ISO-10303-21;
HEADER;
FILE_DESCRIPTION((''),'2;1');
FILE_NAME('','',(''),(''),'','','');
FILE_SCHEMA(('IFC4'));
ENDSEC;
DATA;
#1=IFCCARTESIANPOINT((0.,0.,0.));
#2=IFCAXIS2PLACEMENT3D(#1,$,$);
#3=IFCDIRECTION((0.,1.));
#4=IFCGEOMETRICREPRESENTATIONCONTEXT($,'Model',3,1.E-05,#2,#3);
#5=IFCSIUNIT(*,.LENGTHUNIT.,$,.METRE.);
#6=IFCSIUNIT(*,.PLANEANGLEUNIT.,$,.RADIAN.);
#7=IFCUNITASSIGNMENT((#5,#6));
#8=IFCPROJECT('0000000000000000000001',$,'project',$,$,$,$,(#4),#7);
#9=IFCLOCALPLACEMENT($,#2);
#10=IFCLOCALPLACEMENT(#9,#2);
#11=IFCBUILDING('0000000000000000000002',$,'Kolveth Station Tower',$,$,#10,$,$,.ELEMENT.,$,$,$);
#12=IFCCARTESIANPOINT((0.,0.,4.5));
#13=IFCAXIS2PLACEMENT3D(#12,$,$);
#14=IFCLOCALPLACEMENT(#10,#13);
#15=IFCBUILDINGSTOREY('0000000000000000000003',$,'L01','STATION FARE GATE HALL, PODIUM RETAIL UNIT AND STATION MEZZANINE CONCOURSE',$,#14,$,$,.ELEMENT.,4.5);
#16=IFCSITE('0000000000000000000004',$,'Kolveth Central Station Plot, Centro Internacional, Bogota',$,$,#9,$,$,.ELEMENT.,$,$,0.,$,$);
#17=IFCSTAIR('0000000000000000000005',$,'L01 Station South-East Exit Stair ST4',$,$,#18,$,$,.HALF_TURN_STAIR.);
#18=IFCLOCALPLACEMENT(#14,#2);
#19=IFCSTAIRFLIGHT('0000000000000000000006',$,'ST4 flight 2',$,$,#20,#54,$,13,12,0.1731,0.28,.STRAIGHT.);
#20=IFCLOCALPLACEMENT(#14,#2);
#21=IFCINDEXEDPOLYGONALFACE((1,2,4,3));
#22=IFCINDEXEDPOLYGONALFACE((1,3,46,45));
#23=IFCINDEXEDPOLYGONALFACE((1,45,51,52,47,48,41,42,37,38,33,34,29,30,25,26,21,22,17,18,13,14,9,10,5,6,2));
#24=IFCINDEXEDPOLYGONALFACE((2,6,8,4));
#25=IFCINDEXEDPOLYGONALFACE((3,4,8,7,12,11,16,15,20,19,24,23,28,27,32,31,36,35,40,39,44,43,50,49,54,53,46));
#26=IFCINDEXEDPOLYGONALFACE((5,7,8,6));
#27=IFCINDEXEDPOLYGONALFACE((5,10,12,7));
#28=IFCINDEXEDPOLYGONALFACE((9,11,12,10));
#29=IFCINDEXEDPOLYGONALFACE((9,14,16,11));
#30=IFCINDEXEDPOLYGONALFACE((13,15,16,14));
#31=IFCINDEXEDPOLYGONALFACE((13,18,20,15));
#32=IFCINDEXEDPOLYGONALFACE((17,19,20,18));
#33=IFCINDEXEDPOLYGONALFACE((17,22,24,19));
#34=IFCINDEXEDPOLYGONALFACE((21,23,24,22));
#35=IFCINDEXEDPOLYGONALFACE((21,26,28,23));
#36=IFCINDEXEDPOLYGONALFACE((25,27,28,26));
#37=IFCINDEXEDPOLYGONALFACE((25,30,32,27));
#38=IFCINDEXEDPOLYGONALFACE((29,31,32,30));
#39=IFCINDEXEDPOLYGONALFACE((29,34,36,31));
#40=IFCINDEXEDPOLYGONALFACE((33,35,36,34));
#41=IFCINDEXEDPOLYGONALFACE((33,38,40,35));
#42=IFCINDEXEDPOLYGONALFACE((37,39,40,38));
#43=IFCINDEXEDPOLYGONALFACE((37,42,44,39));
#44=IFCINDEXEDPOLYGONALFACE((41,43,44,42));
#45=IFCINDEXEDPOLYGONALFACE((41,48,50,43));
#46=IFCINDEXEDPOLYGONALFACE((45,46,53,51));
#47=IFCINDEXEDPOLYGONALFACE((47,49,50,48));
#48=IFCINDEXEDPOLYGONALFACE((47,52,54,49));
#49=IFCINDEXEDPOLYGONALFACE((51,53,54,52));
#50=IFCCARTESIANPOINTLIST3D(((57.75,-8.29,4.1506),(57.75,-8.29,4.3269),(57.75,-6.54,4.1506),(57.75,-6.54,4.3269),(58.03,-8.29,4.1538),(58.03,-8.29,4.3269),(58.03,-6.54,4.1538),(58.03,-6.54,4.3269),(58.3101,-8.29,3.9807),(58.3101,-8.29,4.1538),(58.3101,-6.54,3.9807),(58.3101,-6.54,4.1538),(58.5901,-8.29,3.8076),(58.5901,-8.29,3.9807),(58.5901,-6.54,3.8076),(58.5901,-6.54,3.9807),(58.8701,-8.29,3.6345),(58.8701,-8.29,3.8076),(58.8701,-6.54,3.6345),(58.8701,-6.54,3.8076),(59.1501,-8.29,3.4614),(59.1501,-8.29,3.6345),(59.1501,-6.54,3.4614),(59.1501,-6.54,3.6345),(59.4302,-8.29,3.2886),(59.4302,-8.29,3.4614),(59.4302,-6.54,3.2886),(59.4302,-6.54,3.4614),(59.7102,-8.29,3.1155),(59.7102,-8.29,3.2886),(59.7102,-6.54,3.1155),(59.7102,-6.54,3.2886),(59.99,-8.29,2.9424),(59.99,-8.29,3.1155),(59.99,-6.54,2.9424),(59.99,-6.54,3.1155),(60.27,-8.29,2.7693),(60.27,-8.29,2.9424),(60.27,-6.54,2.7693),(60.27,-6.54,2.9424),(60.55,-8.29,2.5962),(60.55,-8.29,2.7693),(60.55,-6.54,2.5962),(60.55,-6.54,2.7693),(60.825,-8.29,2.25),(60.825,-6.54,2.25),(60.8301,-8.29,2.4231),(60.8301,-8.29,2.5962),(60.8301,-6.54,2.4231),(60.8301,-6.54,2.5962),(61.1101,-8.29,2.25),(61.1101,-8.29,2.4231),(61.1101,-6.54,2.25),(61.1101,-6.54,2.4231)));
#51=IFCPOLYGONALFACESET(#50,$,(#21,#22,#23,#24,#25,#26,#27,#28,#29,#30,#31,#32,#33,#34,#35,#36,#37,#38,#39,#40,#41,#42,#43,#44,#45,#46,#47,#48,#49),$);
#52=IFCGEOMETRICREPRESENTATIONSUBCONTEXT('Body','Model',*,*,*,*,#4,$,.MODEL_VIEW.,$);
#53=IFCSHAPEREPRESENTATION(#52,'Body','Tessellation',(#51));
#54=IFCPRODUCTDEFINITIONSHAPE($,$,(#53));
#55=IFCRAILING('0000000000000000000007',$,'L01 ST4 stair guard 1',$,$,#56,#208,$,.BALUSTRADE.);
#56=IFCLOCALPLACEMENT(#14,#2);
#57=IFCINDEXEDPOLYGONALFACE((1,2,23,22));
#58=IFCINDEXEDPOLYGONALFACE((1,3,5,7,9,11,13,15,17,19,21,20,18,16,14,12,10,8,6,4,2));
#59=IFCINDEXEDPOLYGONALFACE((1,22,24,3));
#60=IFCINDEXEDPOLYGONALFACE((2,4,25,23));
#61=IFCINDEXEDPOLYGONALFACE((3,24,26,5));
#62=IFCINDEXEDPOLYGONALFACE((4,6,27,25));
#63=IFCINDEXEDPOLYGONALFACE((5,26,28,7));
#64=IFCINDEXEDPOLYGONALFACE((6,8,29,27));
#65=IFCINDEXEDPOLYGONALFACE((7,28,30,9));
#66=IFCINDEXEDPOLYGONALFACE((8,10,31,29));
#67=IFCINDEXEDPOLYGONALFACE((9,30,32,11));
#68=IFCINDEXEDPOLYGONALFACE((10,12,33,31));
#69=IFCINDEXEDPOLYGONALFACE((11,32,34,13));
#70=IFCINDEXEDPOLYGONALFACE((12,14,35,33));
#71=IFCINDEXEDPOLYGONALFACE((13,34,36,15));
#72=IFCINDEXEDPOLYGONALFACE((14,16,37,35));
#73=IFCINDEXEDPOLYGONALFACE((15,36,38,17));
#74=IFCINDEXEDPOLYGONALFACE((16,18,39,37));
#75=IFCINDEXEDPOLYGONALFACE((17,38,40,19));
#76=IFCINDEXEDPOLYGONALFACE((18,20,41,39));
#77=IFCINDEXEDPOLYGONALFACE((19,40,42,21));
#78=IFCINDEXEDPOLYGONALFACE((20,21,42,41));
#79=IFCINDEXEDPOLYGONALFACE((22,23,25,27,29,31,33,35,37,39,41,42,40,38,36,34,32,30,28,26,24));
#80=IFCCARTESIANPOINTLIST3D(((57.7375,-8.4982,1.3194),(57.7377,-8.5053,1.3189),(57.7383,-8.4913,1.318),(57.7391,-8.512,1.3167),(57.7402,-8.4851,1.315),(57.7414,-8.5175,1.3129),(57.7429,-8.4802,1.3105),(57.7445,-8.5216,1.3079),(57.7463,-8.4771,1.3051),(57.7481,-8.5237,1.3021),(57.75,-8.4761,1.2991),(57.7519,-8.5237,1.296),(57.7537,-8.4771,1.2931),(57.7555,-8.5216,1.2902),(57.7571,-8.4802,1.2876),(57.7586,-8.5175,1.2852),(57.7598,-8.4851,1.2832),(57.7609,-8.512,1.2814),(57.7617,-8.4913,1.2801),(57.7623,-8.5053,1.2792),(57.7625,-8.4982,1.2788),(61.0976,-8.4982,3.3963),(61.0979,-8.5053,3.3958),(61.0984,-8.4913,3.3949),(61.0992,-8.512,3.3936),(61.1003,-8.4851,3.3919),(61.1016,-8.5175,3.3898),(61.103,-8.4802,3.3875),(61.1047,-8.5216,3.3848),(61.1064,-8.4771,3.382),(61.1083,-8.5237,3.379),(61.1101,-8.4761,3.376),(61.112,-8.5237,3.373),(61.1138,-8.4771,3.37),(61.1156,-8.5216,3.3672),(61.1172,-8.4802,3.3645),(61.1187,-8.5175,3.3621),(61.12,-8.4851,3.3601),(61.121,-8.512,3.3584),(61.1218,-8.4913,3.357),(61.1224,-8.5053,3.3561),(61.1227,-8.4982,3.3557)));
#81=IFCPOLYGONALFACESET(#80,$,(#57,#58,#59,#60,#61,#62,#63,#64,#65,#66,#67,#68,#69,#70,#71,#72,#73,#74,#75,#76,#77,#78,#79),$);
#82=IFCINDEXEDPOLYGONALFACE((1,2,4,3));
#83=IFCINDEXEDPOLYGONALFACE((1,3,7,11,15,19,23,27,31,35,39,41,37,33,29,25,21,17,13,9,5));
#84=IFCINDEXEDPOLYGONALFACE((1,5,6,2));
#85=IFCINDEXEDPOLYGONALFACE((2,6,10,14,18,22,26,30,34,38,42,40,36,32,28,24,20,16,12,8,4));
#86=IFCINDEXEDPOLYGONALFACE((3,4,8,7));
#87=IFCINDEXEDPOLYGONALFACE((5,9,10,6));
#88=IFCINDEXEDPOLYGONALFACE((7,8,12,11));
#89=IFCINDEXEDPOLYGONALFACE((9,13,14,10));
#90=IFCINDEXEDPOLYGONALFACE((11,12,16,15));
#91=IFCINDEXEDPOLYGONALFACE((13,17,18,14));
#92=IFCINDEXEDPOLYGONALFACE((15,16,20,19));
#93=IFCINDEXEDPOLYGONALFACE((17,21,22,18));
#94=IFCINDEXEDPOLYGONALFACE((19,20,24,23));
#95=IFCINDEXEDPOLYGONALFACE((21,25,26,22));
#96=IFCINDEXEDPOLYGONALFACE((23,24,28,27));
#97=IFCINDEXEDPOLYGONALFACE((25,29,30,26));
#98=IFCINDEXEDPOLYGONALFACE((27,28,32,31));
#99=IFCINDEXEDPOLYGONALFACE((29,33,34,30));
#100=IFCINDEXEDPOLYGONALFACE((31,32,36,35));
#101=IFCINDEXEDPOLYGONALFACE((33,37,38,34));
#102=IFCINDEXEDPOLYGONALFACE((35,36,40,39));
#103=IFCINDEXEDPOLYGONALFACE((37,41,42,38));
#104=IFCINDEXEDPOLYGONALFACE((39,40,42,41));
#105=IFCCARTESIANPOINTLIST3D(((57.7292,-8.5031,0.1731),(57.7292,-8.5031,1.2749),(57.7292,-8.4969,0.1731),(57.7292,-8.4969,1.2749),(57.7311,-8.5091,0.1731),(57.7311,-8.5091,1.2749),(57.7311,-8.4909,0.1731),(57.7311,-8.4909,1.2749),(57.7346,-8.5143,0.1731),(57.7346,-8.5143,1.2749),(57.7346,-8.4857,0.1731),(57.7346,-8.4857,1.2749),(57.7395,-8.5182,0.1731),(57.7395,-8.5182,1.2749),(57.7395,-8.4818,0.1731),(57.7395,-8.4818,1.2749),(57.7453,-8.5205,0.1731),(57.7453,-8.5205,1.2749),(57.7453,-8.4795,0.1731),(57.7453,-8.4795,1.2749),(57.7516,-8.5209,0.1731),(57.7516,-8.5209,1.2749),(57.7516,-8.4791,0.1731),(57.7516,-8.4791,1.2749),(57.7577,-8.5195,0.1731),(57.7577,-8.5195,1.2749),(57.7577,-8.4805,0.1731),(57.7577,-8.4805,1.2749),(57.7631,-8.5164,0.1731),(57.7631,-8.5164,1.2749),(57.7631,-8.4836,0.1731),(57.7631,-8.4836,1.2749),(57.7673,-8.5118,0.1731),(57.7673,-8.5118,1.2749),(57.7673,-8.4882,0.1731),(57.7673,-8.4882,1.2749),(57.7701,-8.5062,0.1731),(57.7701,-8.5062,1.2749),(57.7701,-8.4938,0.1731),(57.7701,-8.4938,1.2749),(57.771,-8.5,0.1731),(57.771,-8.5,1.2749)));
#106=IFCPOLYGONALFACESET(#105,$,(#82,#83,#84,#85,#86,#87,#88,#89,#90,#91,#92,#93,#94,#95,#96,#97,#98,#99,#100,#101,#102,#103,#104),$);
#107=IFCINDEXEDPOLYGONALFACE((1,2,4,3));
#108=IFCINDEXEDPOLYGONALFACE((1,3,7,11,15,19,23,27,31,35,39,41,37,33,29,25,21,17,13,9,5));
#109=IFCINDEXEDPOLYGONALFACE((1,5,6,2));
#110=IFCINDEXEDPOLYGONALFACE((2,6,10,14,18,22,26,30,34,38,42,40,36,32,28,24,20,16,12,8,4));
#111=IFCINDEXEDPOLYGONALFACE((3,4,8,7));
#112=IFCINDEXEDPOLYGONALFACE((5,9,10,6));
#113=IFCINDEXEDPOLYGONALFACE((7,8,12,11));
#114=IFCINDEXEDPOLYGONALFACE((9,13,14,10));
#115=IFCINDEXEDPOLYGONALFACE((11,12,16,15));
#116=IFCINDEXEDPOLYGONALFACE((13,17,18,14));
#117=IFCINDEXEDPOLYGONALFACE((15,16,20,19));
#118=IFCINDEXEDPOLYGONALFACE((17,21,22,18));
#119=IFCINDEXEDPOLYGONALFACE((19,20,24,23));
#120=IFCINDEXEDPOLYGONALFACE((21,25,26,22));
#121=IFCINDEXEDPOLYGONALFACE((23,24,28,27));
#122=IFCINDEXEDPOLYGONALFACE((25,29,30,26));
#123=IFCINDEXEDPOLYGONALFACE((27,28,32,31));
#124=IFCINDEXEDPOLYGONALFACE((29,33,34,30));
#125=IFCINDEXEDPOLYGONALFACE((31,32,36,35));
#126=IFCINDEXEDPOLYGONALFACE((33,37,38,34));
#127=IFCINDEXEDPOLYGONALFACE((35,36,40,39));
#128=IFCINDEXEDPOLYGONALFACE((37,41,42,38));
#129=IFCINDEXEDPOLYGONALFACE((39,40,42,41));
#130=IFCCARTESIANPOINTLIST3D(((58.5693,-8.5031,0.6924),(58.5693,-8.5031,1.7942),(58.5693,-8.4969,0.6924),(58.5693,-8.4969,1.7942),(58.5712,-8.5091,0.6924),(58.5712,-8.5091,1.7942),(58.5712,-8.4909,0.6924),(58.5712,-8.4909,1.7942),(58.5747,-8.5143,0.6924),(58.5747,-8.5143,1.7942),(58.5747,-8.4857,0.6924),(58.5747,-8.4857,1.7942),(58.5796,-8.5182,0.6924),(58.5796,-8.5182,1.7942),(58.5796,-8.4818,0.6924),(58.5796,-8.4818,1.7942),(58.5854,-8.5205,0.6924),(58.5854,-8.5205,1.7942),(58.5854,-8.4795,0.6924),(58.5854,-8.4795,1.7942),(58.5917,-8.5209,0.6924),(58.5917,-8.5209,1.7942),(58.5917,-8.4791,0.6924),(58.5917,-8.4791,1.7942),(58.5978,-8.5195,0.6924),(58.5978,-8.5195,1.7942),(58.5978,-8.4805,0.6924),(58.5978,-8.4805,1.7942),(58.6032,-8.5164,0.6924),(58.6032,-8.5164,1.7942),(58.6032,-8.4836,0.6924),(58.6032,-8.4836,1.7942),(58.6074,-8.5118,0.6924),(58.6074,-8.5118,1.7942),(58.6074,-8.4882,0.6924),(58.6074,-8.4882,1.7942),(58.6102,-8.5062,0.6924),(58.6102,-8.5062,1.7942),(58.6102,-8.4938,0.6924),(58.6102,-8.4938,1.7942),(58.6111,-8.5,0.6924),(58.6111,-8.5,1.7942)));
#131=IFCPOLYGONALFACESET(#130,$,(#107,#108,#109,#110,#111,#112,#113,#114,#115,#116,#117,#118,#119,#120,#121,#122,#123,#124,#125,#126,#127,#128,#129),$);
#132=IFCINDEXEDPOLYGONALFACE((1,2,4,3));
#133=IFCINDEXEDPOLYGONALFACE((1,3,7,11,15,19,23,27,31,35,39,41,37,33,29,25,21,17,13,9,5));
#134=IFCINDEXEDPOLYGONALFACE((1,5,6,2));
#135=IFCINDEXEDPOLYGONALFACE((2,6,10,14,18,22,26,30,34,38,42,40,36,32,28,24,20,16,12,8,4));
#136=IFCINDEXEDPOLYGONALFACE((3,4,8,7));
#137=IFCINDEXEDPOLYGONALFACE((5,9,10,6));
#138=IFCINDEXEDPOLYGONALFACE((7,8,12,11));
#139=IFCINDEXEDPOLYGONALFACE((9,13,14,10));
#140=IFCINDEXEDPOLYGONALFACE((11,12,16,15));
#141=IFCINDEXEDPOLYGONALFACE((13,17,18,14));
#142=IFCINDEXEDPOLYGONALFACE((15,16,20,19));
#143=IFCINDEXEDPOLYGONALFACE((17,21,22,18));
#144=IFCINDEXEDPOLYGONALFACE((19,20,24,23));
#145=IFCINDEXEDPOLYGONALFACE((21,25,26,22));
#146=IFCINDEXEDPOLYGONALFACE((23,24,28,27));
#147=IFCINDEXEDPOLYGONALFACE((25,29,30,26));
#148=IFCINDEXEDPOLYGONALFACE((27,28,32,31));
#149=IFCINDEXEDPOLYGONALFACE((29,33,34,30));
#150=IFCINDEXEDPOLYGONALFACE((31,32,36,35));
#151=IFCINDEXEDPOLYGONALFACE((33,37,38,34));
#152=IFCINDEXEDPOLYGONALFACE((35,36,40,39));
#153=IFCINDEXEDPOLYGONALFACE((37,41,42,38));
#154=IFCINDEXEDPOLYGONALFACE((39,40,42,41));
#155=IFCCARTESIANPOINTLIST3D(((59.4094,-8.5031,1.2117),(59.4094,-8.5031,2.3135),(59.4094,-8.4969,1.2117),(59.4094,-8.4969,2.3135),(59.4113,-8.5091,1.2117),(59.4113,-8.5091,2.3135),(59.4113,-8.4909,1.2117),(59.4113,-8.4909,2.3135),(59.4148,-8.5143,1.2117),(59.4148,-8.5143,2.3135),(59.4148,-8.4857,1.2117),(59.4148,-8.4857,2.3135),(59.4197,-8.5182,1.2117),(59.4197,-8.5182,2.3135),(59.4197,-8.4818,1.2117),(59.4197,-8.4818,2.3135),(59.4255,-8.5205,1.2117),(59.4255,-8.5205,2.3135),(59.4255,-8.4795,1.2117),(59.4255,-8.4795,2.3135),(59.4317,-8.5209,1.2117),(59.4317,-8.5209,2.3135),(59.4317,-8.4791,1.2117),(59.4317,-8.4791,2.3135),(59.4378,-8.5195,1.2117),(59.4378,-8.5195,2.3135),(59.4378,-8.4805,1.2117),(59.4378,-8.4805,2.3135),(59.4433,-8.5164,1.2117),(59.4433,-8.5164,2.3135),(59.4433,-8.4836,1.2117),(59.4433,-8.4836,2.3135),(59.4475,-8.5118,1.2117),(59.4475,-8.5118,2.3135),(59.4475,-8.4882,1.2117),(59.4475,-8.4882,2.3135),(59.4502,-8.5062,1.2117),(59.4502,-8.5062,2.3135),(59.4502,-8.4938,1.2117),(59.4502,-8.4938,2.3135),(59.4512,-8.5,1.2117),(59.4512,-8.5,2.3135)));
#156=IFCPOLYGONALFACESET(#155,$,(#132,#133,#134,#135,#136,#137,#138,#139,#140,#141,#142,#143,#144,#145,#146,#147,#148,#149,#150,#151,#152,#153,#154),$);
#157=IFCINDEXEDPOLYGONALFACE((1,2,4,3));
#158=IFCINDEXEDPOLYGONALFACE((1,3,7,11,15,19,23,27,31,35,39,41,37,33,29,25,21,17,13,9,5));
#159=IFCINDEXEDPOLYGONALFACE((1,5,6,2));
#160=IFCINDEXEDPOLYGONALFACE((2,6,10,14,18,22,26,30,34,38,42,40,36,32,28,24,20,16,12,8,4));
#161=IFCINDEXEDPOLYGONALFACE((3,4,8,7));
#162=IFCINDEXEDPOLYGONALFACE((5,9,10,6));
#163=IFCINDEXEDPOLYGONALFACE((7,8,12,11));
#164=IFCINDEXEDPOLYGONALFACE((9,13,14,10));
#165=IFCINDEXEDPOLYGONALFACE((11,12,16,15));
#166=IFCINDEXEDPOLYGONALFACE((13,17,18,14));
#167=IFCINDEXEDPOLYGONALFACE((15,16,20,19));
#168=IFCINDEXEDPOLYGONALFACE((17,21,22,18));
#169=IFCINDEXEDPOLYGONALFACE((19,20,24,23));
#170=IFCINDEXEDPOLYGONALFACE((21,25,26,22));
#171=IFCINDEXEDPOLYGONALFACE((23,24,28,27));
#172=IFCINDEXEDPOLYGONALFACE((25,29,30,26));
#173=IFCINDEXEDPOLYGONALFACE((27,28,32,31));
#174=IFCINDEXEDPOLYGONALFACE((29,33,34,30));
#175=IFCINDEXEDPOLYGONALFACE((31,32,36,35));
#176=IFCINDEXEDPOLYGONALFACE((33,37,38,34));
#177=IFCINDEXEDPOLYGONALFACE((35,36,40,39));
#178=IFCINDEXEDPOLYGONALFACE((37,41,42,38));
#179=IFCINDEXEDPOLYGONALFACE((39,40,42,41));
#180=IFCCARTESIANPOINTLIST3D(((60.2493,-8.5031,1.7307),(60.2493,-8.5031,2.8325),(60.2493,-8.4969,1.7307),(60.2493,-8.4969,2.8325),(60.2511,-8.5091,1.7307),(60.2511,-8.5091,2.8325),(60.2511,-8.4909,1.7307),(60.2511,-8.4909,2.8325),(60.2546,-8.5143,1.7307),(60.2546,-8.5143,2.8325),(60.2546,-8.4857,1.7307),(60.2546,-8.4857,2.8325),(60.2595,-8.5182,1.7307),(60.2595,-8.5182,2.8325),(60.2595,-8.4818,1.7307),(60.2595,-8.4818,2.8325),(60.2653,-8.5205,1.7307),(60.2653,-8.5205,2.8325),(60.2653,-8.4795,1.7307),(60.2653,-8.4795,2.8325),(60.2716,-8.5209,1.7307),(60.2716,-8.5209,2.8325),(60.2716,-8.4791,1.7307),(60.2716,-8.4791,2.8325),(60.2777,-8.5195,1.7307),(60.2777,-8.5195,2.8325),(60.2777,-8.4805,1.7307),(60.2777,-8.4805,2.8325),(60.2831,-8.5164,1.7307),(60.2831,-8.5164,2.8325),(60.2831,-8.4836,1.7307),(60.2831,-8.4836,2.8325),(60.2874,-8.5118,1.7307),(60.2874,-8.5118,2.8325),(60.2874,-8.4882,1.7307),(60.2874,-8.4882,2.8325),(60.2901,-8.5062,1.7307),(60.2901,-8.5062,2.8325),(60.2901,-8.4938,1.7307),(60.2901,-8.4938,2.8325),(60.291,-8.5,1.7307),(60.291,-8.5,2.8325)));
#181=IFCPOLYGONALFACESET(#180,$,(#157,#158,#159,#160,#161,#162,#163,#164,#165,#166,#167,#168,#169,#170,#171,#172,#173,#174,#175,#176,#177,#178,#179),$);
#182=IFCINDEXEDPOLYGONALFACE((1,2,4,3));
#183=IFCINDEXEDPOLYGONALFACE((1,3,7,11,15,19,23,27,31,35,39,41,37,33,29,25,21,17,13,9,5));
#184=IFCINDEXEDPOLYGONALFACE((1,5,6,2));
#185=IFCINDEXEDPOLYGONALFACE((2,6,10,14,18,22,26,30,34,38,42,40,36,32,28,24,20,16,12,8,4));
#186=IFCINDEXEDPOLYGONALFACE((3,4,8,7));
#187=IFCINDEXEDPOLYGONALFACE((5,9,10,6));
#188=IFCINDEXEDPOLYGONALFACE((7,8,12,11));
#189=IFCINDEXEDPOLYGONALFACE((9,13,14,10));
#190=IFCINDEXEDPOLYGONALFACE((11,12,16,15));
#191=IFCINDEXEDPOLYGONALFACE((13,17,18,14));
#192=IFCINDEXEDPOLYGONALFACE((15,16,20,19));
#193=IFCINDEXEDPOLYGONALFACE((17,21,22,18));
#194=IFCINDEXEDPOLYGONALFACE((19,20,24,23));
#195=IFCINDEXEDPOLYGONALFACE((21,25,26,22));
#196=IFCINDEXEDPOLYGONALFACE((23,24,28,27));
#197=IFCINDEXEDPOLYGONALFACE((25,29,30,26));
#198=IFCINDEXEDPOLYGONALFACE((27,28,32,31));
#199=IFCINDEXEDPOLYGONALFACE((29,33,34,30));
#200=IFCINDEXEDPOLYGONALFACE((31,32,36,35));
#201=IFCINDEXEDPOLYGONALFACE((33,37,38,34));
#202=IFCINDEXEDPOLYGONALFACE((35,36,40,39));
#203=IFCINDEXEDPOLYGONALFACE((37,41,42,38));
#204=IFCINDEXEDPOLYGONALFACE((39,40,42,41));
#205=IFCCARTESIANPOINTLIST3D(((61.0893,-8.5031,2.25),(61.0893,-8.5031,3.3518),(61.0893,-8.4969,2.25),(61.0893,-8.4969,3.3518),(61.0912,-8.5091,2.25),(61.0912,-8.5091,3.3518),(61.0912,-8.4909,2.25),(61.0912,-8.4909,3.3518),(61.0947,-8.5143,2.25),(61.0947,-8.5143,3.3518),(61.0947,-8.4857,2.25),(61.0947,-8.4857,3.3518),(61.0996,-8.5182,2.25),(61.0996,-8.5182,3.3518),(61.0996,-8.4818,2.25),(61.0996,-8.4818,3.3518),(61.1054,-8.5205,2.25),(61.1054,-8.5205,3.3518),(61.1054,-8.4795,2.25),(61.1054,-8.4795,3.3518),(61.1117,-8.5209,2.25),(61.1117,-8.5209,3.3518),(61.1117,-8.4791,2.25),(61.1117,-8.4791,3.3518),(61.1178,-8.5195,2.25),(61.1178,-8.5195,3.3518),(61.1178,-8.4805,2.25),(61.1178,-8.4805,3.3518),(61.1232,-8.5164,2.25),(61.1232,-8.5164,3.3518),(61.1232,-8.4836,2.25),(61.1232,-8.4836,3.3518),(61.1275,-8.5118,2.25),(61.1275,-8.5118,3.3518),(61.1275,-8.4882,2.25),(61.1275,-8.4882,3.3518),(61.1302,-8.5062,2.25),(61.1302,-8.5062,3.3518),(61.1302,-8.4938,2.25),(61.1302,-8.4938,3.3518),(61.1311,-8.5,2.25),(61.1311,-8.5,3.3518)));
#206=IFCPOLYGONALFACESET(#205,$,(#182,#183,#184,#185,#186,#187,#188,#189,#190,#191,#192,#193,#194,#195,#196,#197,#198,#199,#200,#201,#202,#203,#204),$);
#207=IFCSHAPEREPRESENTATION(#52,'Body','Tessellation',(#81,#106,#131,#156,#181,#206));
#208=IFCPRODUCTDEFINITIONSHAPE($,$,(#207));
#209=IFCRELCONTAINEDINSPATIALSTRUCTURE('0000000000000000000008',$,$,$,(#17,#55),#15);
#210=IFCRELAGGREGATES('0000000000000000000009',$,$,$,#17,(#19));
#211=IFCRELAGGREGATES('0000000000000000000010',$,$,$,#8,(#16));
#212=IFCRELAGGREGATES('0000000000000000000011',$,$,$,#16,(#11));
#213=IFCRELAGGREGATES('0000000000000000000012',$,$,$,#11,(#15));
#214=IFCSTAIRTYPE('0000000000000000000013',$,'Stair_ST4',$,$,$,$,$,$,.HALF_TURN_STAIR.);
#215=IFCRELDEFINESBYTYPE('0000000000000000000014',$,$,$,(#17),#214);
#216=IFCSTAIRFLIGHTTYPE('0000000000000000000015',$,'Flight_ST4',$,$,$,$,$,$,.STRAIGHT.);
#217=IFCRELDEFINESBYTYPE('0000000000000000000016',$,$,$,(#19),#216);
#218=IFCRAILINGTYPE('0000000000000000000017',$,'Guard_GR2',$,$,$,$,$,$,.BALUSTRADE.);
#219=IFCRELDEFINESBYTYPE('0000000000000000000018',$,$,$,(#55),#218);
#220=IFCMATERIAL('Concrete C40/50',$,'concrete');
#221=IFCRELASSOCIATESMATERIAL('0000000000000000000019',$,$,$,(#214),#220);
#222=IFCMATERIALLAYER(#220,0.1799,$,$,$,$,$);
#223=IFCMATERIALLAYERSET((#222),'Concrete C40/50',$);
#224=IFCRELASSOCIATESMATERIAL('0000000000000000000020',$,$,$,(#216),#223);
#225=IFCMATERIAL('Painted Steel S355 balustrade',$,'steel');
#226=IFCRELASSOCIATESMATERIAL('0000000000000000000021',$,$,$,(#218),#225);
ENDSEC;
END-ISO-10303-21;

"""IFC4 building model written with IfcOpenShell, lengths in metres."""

from ifc_helpers import new_model, si_unit, direction, frame, origin, origin_2d, place, context, subcontext, project, spatial, polyline, circle, outline, extrude, material, layer, layer_set, type_object, element, aggregate, save


model = new_model("IFC4")

# Units and contexts
model_context = context("Model", 3, precision=1e-05, world=origin(), true_north=direction((0.0, 1.0)))
body_context = subcontext(model_context, "Body", "Model", "MODEL_VIEW")
ifc_project = project(units=[si_unit("LENGTHUNIT", "METRE"), si_unit("PLANEANGLEUNIT", "RADIAN")], contexts=[model_context])

# Site, building, storey
site_placement = place(None, origin())
site = spatial("IfcSite", under=ifc_project, at=site_placement, Name="Kolveth Central Station Plot, Centro Internacional, Bogota", CompositionType="ELEMENT", RefElevation=0.0)
building_placement = place(site_placement, origin())
building = spatial("IfcBuilding", under=site, at=building_placement, Name="Kolveth Station Tower", CompositionType="ELEMENT")
storey_placement = place(building_placement, frame((0.0, 0.0, 4.5)))
storey = spatial("IfcBuildingStorey", under=building, at=storey_placement, Name="L01", Description="STATION FARE GATE HALL, PODIUM RETAIL UNIT AND STATION MEZZANINE CONCOURSE", CompositionType="ELEMENT", Elevation=4.5)

# Shared definitions
ifc_material_1 = material(Name="Concrete C40/50", Category="concrete")

# Stair, stair flight
stair_type = type_object("IfcStairType", Name="Stair_ST4", PredefinedType="HALF_TURN_STAIR", material=ifc_material_1)
stair_placement = place(storey_placement, origin())
stair = element("IfcStair", 1, at=stair_placement, inside=storey, type_object=stair_type, Name="L01 Station South-East Exit Stair ST4", PredefinedType="HALF_TURN_STAIR")
ifc_layer_1 = layer(ifc_material_1, 0.1799)
ifc_layer_set_1 = layer_set([ifc_layer_1], Name="Concrete C40/50")
stair_flight_type = type_object("IfcStairFlightType", Name="Flight_ST4", PredefinedType="STRAIGHT", material=ifc_layer_set_1)
stair_flight_1_placement = place(storey_placement, frame((61.1101, -7.415, 2.25), z_axis=(0.0, 0.0, 1.0), x_axis=(-1.0, 0.0, 0.0)))
stair_flight_1 = element("IfcStairFlight", 2, at=stair_flight_1_placement, type_object=stair_flight_type, Name="ST4 flight 2", NumberOfRisers=13, NumberOfTreads=12, PredefinedType="STRAIGHT", RiserHeight=0.1731, TreadLength=0.28, context=body_context, shape_type="SweptSolid", body=[
    extrude(outline(polyline([(0.0, 0.0), (0.0, 0.1731), (0.28, 0.1731), (0.28, 0.3462), (0.5601, 0.3462), (0.5601, 0.5193), (0.8401, 0.5193), (0.8401, 0.6924), (1.1201, 0.6924), (1.1201, 0.8655), (1.3999, 0.8655), (1.3999, 1.0386), (1.6799, 1.0386), (1.6799, 1.2114), (1.96, 1.2114), (1.96, 1.3845), (2.24, 1.3845), (2.24, 1.5576), (2.52, 1.5576), (2.52, 1.7307), (2.8, 1.7307), (2.8, 1.9038), (3.0801, 1.9038), (3.0801, 2.0769), (3.3601, 2.0769), (3.3601, 2.25), (3.3601, 1.9006), (0.2852, 0.0), (0.0, 0.0)])), frame((0.0, 0.875, 0.0), z_axis=(0.0, -1.0, 0.0), x_axis=(1.0, 0.0, 0.0)), (0.0, 0.0, 1.0), 1.75),
])
aggregate(stair, [stair_flight_1])

# Railing
ifc_material_2 = material(Name="Painted Steel S355 balustrade", Category="steel")
railing_type_1 = type_object("IfcRailingType", Name="Guard_GR2", PredefinedType="BALUSTRADE", material=ifc_material_2)
railing_1_placement = place(storey_placement, frame((57.75, -8.5, 0.1731)))
element("IfcRailing", 3, at=railing_1_placement, inside=storey, type_object=railing_type_1, Name="L01 ST4 stair guard 1", PredefinedType="BALUSTRADE", context=body_context, shape_type="SweptSolid", body=[
    extrude(circle(Radius=0.0239, at=origin_2d()), frame((0.0, 0.0, 1.126), z_axis=(0.850623, 0.0, 0.525776), x_axis=(0.0, 1.0, 0.0)), (0.0, 0.0, 1.0), 3.9502),
    extrude(circle(Radius=0.021, at=origin_2d()), origin(), (0.0, 0.0, 1.0), 1.1018),
    extrude(circle(Radius=0.021, at=origin_2d()), frame((0.8401, 0.0, 0.5193)), (0.0, 0.0, 1.0), 1.1018),
    extrude(circle(Radius=0.021, at=origin_2d()), frame((1.6802, 0.0, 1.0386)), (0.0, 0.0, 1.0), 1.1018),
    extrude(circle(Radius=0.021, at=origin_2d()), frame((2.52, 0.0, 1.5576)), (0.0, 0.0, 1.0), 1.1018),
    extrude(circle(Radius=0.021, at=origin_2d()), frame((3.3601, 0.0, 2.0769)), (0.0, 0.0, 1.0), 1.1018),
])

save(model, "model.ifc")
